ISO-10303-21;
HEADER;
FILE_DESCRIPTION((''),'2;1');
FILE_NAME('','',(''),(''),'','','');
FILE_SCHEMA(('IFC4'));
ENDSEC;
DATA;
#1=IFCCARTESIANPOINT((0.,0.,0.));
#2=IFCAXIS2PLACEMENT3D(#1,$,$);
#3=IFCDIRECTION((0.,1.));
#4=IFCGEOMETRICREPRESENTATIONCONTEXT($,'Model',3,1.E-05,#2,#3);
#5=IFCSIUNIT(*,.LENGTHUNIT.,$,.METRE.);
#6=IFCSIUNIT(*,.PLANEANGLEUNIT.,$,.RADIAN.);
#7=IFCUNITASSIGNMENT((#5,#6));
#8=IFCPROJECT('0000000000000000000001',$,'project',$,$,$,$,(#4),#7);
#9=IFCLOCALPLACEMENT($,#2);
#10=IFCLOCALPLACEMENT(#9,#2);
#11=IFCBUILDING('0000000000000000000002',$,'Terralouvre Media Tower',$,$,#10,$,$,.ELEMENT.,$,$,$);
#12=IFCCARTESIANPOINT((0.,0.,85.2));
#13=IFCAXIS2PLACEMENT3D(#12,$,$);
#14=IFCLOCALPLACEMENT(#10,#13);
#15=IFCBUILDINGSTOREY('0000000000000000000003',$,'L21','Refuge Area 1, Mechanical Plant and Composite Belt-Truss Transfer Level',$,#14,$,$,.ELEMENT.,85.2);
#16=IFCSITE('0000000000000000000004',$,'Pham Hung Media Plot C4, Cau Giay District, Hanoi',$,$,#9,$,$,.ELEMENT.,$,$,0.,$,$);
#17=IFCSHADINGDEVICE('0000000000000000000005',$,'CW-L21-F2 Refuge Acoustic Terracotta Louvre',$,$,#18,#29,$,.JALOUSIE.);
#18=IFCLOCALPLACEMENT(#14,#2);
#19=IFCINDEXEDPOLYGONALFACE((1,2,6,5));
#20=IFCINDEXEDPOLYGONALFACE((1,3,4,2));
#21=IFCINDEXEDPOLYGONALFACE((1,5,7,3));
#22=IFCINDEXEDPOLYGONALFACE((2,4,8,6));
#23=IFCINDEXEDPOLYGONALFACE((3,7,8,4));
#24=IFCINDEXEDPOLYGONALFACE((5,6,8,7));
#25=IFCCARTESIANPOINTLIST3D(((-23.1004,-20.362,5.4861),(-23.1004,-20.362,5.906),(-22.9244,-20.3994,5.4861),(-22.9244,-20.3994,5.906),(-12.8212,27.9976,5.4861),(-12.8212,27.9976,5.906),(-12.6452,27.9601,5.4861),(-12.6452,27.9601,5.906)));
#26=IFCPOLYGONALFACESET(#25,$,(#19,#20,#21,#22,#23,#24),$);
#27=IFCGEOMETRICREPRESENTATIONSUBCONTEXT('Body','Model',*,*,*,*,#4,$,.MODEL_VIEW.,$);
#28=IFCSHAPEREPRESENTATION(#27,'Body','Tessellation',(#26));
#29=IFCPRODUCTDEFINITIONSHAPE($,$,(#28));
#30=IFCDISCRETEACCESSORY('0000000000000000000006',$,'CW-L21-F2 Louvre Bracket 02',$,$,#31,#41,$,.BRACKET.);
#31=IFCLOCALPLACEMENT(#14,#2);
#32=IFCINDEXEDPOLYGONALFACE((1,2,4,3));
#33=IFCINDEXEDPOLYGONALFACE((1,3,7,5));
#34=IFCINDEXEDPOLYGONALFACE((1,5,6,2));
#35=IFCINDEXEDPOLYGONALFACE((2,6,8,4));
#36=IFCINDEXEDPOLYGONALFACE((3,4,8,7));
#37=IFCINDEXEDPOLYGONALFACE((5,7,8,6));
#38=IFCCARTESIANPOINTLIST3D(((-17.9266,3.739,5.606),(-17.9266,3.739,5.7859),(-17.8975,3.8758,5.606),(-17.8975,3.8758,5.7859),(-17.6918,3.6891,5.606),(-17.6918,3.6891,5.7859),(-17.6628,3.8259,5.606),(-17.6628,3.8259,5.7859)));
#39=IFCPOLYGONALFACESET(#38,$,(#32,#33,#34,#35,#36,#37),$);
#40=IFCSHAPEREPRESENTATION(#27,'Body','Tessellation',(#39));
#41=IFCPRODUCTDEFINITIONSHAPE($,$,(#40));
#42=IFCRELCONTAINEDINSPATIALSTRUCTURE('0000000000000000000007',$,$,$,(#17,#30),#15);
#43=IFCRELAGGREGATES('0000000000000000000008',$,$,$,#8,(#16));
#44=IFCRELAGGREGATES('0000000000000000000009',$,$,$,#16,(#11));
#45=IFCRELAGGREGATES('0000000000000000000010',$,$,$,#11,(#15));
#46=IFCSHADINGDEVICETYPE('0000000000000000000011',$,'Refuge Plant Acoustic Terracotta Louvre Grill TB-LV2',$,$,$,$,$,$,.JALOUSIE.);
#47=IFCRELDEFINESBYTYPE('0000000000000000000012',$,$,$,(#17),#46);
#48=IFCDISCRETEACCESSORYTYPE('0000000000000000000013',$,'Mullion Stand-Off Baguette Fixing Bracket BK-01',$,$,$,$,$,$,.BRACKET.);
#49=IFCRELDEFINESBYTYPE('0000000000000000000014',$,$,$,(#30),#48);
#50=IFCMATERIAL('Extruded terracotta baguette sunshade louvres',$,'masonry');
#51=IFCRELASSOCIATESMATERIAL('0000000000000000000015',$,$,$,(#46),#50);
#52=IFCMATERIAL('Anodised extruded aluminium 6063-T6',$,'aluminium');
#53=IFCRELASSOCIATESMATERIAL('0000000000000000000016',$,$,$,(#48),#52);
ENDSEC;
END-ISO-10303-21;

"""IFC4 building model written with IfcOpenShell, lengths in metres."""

from ifc_helpers import new_model, si_unit, direction, frame, origin, origin_2d, place, context, subcontext, project, spatial, rectangle, extrude, material, type_object, element, save


model = new_model("IFC4")

# Units and contexts
model_context = context("Model", 3, precision=1e-05, world=origin(), true_north=direction((0.0, 1.0)))
body_context = subcontext(model_context, "Body", "Model", "MODEL_VIEW")
ifc_project = project(units=[si_unit("LENGTHUNIT", "METRE"), si_unit("PLANEANGLEUNIT", "RADIAN")], contexts=[model_context])

# Site, building, storey
site_placement = place(None, origin())
site = spatial("IfcSite", under=ifc_project, at=site_placement, Name="Pham Hung Media Plot C4, Cau Giay District, Hanoi", CompositionType="ELEMENT", RefElevation=0.0)
building_placement = place(site_placement, origin())
building = spatial("IfcBuilding", under=site, at=building_placement, Name="Terralouvre Media Tower", CompositionType="ELEMENT")
storey_placement = place(building_placement, frame((0.0, 0.0, 85.2)))
storey = spatial("IfcBuildingStorey", under=building, at=storey_placement, Name="L21", Description="Refuge Area 1, Mechanical Plant and Composite Belt-Truss Transfer Level", CompositionType="ELEMENT", Elevation=85.2)

# Shading device
ifc_material_1 = material(Name="Extruded terracotta baguette sunshade louvres", Category="masonry")
shading_device_type = type_object("IfcShadingDeviceType", Name="Refuge Plant Acoustic Terracotta Louvre Grill TB-LV2", PredefinedType="JALOUSIE", material=ifc_material_1)
shading_device_placement = place(storey_placement, frame((-17.8728, 3.7991, 5.4861), z_axis=(0.0, 0.0, 1.0), x_axis=(-0.207912, -0.978148, 0.0)))
element("IfcShadingDevice", 1, at=shading_device_placement, inside=storey, type_object=shading_device_type, Name="CW-L21-F2 Refuge Acoustic Terracotta Louvre", PredefinedType="JALOUSIE", context=body_context, shape_type="SweptSolid", body=[
    extrude(rectangle(XDim=49.4399, YDim=0.1799, at=origin_2d()), origin(), (0.0, 0.0, 1.0), 0.4199),
])

# Discrete accessory
ifc_material_2 = material(Name="Anodised extruded aluminium 6063-T6", Category="aluminium")
discrete_accessory_type = type_object("IfcDiscreteAccessoryType", Name="Mullion Stand-Off Baguette Fixing Bracket BK-01", PredefinedType="BRACKET", material=ifc_material_2)
discrete_accessory_placement = place(storey_placement, frame((-17.7947, 3.7825, 5.606), z_axis=(0.0, 0.0, 1.0), x_axis=(-0.207912, -0.978148, 0.0)))
element("IfcDiscreteAccessory", 2, at=discrete_accessory_placement, inside=storey, type_object=discrete_accessory_type, Name="CW-L21-F2 Louvre Bracket 02", PredefinedType="BRACKET", context=body_context, shape_type="SweptSolid", body=[
    extrude(rectangle(XDim=0.1399, YDim=0.24, at=origin_2d()), origin(), (0.0, 0.0, 1.0), 0.1799),
])

save(model, "model.ifc")
